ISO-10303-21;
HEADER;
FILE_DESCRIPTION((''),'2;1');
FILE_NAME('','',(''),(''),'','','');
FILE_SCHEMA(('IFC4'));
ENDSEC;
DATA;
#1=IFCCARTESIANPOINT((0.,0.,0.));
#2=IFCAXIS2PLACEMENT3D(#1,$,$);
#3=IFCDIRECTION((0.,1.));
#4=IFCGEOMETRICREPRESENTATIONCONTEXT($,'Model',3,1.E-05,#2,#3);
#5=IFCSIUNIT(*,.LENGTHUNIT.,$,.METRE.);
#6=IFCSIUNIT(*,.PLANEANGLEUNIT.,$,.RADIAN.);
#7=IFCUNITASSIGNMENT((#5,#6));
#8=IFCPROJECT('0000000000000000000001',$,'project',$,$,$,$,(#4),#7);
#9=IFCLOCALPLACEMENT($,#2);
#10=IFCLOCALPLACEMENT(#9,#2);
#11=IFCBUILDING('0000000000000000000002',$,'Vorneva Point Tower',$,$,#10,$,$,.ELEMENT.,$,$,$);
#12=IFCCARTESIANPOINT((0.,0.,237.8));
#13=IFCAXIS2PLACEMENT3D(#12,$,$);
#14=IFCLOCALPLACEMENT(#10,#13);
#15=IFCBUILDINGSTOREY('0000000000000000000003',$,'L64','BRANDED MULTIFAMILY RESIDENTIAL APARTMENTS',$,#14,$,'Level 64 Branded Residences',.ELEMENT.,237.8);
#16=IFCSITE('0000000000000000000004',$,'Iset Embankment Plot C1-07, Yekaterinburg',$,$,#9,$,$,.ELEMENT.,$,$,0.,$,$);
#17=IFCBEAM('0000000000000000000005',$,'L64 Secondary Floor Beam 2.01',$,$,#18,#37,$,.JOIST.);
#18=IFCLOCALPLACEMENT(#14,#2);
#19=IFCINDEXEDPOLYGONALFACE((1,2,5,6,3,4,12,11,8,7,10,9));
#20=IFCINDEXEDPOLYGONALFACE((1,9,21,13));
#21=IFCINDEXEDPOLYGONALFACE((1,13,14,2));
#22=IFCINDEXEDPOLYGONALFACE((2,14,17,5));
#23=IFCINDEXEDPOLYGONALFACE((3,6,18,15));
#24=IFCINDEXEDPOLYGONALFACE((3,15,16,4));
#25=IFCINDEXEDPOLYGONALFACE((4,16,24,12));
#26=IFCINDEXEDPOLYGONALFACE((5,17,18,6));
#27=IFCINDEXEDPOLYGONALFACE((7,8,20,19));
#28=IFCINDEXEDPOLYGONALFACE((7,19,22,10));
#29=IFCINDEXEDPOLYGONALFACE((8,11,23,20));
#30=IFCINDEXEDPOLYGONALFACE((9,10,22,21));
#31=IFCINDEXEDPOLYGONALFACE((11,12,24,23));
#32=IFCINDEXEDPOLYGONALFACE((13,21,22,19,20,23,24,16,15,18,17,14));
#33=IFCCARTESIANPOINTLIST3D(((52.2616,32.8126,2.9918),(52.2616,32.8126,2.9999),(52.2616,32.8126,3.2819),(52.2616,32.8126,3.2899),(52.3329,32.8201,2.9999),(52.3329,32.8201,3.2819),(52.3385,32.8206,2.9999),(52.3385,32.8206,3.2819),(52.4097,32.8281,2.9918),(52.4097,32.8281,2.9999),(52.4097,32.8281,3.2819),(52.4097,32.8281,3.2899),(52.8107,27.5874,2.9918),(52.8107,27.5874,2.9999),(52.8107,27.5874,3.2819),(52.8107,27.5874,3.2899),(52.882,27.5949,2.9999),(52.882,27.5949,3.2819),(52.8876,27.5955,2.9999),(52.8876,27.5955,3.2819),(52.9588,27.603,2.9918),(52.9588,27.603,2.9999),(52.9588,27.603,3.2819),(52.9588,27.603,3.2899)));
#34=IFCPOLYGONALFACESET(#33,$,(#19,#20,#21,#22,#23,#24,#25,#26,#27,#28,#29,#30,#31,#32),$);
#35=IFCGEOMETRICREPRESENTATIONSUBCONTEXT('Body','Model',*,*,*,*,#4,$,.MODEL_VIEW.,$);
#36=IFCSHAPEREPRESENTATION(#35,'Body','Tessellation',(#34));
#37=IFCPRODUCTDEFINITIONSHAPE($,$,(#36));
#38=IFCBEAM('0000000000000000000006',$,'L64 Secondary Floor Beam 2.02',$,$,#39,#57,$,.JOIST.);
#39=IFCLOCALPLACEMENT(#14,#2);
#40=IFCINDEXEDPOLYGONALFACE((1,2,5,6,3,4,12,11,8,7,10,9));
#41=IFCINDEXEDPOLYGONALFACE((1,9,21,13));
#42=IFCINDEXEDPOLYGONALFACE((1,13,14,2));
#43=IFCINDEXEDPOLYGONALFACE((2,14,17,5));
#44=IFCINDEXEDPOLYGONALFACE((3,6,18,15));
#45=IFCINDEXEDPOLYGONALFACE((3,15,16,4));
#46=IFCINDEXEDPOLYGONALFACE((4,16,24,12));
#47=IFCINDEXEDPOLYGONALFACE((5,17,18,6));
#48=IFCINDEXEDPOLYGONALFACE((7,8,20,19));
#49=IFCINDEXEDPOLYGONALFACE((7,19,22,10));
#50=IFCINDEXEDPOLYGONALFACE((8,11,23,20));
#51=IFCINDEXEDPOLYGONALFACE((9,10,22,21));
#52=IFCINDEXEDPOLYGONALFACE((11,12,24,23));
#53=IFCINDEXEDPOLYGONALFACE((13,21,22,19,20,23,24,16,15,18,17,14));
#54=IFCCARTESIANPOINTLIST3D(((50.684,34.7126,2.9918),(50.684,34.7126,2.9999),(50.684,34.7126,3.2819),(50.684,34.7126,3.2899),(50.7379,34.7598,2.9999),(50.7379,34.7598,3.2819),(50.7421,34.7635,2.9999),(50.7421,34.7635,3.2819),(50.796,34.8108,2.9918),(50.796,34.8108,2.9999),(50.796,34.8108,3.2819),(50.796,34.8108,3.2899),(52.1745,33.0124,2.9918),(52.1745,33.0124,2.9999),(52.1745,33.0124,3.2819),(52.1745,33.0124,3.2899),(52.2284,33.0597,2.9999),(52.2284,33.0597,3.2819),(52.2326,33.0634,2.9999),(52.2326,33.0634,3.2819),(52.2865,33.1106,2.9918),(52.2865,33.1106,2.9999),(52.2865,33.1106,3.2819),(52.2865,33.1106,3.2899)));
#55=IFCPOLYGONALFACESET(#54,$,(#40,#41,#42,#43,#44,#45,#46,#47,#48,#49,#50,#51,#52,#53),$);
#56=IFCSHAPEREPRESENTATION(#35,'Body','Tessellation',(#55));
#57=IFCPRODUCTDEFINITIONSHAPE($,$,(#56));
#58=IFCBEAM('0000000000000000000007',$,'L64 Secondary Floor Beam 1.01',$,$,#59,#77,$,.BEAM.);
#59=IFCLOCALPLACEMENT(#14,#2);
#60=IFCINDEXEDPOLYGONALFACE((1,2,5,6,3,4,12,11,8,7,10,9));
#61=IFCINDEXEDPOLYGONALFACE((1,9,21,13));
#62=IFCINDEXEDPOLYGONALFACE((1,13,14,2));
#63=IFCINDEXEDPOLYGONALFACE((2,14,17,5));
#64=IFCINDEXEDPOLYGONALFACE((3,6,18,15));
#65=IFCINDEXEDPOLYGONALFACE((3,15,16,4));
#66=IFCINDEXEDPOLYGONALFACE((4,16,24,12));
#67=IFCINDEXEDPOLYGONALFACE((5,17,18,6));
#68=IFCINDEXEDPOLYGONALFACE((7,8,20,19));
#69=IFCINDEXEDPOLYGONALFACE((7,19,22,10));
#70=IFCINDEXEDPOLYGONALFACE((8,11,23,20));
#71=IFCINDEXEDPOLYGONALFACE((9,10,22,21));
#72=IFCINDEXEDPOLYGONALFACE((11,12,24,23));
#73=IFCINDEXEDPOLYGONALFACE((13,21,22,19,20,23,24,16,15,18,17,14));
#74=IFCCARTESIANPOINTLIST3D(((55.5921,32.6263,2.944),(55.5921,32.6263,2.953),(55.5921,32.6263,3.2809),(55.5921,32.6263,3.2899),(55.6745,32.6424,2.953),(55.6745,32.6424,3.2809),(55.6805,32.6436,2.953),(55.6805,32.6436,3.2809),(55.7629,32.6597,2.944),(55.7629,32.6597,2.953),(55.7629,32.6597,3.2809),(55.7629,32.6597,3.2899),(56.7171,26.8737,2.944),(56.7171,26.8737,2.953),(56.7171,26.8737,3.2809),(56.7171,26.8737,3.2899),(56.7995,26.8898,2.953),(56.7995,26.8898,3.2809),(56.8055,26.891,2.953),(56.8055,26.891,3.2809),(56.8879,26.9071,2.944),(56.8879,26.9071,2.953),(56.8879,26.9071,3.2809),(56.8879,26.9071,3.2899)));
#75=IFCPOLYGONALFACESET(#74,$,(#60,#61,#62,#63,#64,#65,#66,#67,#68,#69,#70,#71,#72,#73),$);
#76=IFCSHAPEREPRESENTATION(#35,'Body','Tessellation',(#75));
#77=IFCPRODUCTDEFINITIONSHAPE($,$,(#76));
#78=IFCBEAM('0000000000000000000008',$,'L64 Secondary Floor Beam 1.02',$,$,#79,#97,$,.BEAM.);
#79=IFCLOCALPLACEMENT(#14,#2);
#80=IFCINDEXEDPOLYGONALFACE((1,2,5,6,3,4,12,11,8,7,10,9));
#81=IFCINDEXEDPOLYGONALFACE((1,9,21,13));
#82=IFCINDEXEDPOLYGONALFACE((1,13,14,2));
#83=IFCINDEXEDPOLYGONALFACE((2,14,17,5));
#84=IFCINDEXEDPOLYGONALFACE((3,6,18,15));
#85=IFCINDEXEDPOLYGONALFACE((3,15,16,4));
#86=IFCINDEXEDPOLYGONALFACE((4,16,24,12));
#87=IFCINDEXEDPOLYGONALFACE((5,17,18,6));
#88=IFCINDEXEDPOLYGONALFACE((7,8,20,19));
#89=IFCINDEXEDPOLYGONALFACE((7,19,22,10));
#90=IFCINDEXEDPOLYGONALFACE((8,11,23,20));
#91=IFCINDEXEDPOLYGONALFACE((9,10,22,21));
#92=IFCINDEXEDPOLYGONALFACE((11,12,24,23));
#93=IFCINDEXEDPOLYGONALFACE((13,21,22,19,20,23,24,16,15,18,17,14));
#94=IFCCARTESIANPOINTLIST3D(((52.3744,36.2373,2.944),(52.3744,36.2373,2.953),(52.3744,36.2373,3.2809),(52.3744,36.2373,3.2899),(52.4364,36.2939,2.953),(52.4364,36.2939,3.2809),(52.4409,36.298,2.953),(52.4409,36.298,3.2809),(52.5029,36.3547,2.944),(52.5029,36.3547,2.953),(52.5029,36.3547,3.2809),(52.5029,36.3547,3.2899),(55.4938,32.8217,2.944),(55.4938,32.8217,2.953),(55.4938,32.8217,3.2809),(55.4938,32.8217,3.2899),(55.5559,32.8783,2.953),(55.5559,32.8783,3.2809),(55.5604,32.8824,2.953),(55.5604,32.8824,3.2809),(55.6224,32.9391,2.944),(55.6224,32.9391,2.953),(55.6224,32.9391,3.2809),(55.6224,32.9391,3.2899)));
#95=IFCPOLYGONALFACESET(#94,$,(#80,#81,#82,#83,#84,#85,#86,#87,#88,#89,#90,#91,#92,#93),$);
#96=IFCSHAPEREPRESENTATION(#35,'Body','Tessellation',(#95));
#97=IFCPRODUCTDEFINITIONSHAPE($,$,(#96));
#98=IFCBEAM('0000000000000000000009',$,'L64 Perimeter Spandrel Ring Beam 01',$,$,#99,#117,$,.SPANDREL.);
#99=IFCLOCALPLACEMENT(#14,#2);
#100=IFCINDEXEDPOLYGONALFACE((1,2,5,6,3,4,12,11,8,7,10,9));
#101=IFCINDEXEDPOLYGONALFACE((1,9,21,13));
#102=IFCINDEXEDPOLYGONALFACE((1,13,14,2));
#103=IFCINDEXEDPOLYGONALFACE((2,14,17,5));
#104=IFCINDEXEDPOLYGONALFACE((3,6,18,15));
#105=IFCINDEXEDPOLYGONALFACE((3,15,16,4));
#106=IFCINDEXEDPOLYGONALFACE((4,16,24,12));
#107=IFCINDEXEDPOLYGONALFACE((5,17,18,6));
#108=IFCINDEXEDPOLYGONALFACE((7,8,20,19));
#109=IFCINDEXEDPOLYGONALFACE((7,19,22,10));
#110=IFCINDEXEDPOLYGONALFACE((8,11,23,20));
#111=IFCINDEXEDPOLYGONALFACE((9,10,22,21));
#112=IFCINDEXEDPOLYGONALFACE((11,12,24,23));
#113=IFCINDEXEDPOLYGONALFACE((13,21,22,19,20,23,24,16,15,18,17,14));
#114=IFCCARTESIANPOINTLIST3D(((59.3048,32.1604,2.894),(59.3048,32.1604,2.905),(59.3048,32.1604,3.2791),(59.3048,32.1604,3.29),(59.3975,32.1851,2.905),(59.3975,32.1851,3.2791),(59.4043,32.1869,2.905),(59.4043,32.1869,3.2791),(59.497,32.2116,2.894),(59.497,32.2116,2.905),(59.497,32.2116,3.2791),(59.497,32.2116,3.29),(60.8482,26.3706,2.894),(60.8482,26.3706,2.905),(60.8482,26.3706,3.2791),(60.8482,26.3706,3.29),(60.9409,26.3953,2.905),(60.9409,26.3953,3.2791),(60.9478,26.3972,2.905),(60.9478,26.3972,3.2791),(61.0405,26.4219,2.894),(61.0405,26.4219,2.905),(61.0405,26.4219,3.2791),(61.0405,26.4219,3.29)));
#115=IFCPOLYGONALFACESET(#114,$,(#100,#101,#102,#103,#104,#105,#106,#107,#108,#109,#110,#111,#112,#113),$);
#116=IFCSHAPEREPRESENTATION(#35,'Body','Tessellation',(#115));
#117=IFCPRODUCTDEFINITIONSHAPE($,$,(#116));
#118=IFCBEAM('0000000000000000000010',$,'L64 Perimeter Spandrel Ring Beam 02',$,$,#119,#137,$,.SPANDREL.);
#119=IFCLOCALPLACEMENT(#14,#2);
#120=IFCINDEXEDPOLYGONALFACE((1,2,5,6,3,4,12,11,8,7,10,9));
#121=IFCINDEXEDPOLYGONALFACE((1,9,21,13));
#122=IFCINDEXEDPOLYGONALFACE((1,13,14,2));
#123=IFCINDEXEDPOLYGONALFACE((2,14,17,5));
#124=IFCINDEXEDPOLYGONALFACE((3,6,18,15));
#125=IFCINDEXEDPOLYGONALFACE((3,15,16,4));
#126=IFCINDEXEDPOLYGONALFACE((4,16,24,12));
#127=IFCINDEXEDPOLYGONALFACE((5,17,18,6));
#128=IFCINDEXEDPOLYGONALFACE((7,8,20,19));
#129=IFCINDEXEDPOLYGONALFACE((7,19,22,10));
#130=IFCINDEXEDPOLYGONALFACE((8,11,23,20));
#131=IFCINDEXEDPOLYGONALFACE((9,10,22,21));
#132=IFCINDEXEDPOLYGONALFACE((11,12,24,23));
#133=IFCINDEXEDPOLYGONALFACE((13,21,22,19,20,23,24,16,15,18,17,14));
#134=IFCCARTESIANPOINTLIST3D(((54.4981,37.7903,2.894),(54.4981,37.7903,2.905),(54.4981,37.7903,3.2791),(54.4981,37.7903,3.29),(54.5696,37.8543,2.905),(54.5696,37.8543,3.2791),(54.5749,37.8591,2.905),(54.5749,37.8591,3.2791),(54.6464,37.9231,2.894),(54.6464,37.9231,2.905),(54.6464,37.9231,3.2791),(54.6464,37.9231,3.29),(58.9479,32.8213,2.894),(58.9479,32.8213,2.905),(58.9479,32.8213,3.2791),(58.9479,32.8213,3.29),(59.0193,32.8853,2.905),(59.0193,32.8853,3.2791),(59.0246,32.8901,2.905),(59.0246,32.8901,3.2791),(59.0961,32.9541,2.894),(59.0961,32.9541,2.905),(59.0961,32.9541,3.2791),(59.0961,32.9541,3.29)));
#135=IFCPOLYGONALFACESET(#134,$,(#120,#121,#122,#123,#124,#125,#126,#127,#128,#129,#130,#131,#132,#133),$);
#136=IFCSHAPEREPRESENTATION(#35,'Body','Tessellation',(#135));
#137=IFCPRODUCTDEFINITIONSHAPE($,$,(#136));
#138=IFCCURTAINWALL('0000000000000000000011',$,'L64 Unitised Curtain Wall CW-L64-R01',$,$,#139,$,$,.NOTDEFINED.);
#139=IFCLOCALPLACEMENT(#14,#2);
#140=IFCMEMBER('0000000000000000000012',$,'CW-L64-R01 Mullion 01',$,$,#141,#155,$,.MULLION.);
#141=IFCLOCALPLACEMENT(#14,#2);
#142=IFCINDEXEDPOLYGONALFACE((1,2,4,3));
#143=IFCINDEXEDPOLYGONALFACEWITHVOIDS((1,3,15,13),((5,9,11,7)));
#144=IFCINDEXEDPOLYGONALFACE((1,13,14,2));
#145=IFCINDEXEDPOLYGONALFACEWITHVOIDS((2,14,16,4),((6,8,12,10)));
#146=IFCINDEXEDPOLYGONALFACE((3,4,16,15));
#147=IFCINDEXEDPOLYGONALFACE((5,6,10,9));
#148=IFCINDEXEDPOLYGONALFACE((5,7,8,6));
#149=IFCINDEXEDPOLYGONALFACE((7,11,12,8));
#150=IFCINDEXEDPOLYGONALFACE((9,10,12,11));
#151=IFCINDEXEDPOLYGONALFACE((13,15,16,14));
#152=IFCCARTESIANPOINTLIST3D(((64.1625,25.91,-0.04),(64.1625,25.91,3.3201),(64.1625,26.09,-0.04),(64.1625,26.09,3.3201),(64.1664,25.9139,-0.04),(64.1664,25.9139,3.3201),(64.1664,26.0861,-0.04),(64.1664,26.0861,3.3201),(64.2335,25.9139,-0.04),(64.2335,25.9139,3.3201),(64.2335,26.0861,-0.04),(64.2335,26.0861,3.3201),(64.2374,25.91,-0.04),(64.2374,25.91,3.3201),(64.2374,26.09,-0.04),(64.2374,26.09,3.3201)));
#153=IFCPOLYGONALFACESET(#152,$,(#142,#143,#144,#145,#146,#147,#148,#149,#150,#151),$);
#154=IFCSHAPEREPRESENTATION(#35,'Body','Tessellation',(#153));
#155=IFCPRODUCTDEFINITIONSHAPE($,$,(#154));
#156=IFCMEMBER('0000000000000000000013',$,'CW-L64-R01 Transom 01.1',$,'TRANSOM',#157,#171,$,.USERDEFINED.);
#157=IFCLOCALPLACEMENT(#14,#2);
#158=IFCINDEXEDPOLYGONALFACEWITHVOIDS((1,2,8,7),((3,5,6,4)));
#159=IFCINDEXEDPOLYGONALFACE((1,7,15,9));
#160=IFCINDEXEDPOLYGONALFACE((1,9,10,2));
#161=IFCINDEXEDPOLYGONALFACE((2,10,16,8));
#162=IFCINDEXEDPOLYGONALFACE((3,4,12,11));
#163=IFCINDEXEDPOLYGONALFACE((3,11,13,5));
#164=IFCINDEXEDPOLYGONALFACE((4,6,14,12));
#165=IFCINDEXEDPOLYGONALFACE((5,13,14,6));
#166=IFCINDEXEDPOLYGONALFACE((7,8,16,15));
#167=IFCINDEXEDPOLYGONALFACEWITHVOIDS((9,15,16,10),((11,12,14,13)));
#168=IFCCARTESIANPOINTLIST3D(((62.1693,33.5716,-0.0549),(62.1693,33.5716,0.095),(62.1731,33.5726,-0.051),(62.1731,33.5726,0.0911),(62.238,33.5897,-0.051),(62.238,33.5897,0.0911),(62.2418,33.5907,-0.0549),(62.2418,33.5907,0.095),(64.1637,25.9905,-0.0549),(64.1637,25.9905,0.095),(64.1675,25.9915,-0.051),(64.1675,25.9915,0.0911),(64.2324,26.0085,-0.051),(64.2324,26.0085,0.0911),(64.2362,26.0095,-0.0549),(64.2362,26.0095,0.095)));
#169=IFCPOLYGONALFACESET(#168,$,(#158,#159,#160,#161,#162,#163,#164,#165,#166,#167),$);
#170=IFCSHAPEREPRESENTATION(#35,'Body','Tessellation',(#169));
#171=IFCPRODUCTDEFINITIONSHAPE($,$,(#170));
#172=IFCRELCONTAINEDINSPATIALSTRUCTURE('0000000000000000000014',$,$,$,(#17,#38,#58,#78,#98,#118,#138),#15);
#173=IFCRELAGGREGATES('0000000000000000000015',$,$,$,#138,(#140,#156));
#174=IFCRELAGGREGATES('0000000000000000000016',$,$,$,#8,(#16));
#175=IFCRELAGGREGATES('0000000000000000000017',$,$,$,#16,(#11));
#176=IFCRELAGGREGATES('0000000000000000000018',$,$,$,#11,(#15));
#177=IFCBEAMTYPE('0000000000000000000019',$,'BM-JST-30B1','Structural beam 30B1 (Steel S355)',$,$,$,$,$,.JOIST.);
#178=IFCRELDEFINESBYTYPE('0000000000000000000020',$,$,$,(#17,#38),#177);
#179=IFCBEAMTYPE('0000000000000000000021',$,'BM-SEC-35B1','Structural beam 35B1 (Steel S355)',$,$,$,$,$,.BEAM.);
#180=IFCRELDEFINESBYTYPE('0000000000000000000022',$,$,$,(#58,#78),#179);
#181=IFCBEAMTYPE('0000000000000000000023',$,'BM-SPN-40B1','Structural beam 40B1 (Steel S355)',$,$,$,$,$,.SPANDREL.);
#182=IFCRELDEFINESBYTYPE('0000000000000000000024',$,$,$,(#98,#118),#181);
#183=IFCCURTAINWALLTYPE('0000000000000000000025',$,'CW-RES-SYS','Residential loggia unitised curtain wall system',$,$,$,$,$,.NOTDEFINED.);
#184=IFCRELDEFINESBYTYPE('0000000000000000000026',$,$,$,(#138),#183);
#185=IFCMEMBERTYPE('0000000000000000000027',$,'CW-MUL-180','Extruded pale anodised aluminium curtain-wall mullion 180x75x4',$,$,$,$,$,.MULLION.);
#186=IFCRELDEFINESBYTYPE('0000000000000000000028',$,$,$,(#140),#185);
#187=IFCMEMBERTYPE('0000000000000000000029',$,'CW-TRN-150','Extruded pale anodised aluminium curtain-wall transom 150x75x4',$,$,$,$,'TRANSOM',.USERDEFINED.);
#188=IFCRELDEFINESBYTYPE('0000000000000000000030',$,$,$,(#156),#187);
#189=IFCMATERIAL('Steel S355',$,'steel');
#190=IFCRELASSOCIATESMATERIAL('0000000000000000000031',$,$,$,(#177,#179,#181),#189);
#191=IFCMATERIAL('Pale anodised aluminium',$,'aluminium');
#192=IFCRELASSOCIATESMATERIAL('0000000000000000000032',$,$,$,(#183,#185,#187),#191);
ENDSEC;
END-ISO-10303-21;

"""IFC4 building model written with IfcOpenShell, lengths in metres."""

from ifc_helpers import new_model, si_unit, direction, frame, origin, origin_2d, place, context, subcontext, project, spatial, hollow_rectangle, i_section, extrude, material, material_profile, profile_set, type_object, element, aggregate, save


model = new_model("IFC4")

# Units and contexts
model_context = context("Model", 3, precision=1e-05, world=origin(), true_north=direction((0.0, 1.0)))
body_context = subcontext(model_context, "Body", "Model", "MODEL_VIEW")
ifc_project = project(units=[si_unit("LENGTHUNIT", "METRE"), si_unit("PLANEANGLEUNIT", "RADIAN")], contexts=[model_context])

# Site, building, storey
site_placement = place(None, origin())
site = spatial("IfcSite", under=ifc_project, at=site_placement, Name="Iset Embankment Plot C1-07, Yekaterinburg", CompositionType="ELEMENT", RefElevation=0.0)
building_placement = place(site_placement, origin())
building = spatial("IfcBuilding", under=site, at=building_placement, Name="Vorneva Point Tower", CompositionType="ELEMENT")
storey_placement = place(building_placement, frame((0.0, 0.0, 237.8)))
storey = spatial("IfcBuildingStorey", under=building, at=storey_placement, Name="L64", Description="BRANDED MULTIFAMILY RESIDENTIAL APARTMENTS", LongName="Level 64 Branded Residences", CompositionType="ELEMENT", Elevation=237.8)

# Beams
ifc_material_1 = material(Name="Steel S355", Category="steel")
ifc_material_profile_1 = material_profile(ifc_material_1, i_section(OverallWidth=0.1489, OverallDepth=0.2981, WebThickness=0.0056, FlangeThickness=0.0081, at=origin_2d()), Name="30B1")
ifc_profile_set_1 = profile_set([ifc_material_profile_1], Name="Steel S355")
beam_type_1 = type_object("IfcBeamType", Name="BM-JST-30B1", Description="Structural beam 30B1 (Steel S355)", PredefinedType="JOIST", material=ifc_profile_set_1)
beam_1_placement = place(storey_placement, frame((52.8848, 27.5952, 3.1409), z_axis=(-0.104508, 0.994524, 0.0), x_axis=(-0.994524, -0.104508, 0.0)))
element("IfcBeam", 1, at=beam_1_placement, inside=storey, type_object=beam_type_1, Name="L64 Secondary Floor Beam 2.01", PredefinedType="JOIST", context=body_context, shape_type="SweptSolid", body=[
    extrude(i_section(OverallWidth=0.1489, OverallDepth=0.2981, WebThickness=0.0056, FlangeThickness=0.0081, at=origin_2d()), origin(), (0.0, 0.0, 1.0), 5.2539),
])
beam_2_placement = place(storey_placement, frame((52.2305, 33.0615, 3.1409), z_axis=(-0.659208, 0.751961, 0.0), x_axis=(-0.751961, -0.659208, 0.0)))
element("IfcBeam", 2, at=beam_2_placement, inside=storey, type_object=beam_type_1, Name="L64 Secondary Floor Beam 2.02", PredefinedType="JOIST", context=body_context, shape_type="SweptSolid", body=[
    extrude(i_section(OverallWidth=0.1489, OverallDepth=0.2981, WebThickness=0.0056, FlangeThickness=0.0081, at=origin_2d()), origin(), (0.0, 0.0, 1.0), 2.261),
])
ifc_material_profile_2 = material_profile(ifc_material_1, i_section(OverallWidth=0.1741, OverallDepth=0.3459, WebThickness=0.0061, FlangeThickness=0.009, at=origin_2d()), Name="35B1")
ifc_profile_set_2 = profile_set([ifc_material_profile_2], Name="Steel S355")
beam_type_2 = type_object("IfcBeamType", Name="BM-SEC-35B1", Description="Structural beam 35B1 (Steel S355)", PredefinedType="BEAM", material=ifc_profile_set_2)
beam_3_placement = place(storey_placement, frame((56.8025, 26.8904, 3.1169), z_axis=(-0.191925, 0.98141, 0.0), x_axis=(-0.98141, -0.191925, 0.0)))
element("IfcBeam", 3, at=beam_3_placement, inside=storey, type_object=beam_type_2, Name="L64 Secondary Floor Beam 1.01", PredefinedType="BEAM", context=body_context, shape_type="SweptSolid", body=[
    extrude(i_section(OverallWidth=0.1741, OverallDepth=0.3459, WebThickness=0.0061, FlangeThickness=0.009, at=origin_2d()), origin(), (0.0, 0.0, 1.0), 5.8616),
])
beam_4_placement = place(storey_placement, frame((55.5581, 32.8804, 3.1169), z_axis=(-0.674371, 0.738393, 0.0), x_axis=(-0.738393, -0.674371, 0.0)))
element("IfcBeam", 4, at=beam_4_placement, inside=storey, type_object=beam_type_2, Name="L64 Secondary Floor Beam 1.02", PredefinedType="BEAM", context=body_context, shape_type="SweptSolid", body=[
    extrude(i_section(OverallWidth=0.1741, OverallDepth=0.3459, WebThickness=0.0061, FlangeThickness=0.009, at=origin_2d()), origin(), (0.0, 0.0, 1.0), 4.6257),
])
ifc_material_profile_3 = material_profile(ifc_material_1, i_section(OverallWidth=0.199, OverallDepth=0.396, WebThickness=0.0071, FlangeThickness=0.011, at=origin_2d()), Name="40B1")
ifc_profile_set_3 = profile_set([ifc_material_profile_3], Name="Steel S355")
beam_type_3 = type_object("IfcBeamType", Name="BM-SPN-40B1", Description="Structural beam 40B1 (Steel S355)", PredefinedType="SPANDREL", material=ifc_profile_set_3)
beam_5_placement = place(storey_placement, frame((60.9443, 26.3962, 3.092), z_axis=(-0.257587, 0.966255, 0.0), x_axis=(-0.966255, -0.257587, 0.0)))
element("IfcBeam", 5, at=beam_5_placement, inside=storey, type_object=beam_type_3, Name="L64 Perimeter Spandrel Ring Beam 01", PredefinedType="SPANDREL", context=body_context, shape_type="SweptSolid", body=[
    extrude(i_section(OverallWidth=0.199, OverallDepth=0.396, WebThickness=0.0071, FlangeThickness=0.011, at=origin_2d()), origin(), (0.0, 0.0, 1.0), 5.9919),
])
beam_6_placement = place(storey_placement, frame((59.022, 32.8877, 3.092), z_axis=(-0.667108, 0.744961, 0.0), x_axis=(-0.744961, -0.667108, 0.0)))
element("IfcBeam", 6, at=beam_6_placement, inside=storey, type_object=beam_type_3, Name="L64 Perimeter Spandrel Ring Beam 02", PredefinedType="SPANDREL", context=body_context, shape_type="SweptSolid", body=[
    extrude(i_section(OverallWidth=0.199, OverallDepth=0.396, WebThickness=0.0071, FlangeThickness=0.011, at=origin_2d()), origin(), (0.0, 0.0, 1.0), 6.6702),
])

# Curtain wall, members
ifc_material_2 = material(Name="Pale anodised aluminium", Category="aluminium")
curtain_wall_type = type_object("IfcCurtainWallType", Name="CW-RES-SYS", Description="Residential loggia unitised curtain wall system", PredefinedType="NOTDEFINED", material=ifc_material_2)
curtain_wall_placement = place(storey_placement, origin())
curtain_wall = element("IfcCurtainWall", 7, at=curtain_wall_placement, inside=storey, type_object=curtain_wall_type, Name="L64 Unitised Curtain Wall CW-L64-R01", PredefinedType="NOTDEFINED")
ifc_material_profile_4 = material_profile(ifc_material_2, hollow_rectangle(XDim=0.075, YDim=0.1799, WallThickness=0.0039, at=origin_2d()), Name="AL-MUL 180x75x4")
ifc_profile_set_4 = profile_set([ifc_material_profile_4], Name="Pale anodised aluminium")
member_type_1 = type_object("IfcMemberType", Name="CW-MUL-180", Description="Extruded pale anodised aluminium curtain-wall mullion 180x75x4", PredefinedType="MULLION", material=ifc_profile_set_4)
member_1_placement = place(storey_placement, frame((64.2, 26.0, -0.04), z_axis=(0.0, 0.0, 1.0), x_axis=(1.0, 0.0, 0.0)))
member_1 = element("IfcMember", 8, at=member_1_placement, type_object=member_type_1, Name="CW-L64-R01 Mullion 01", PredefinedType="MULLION", context=body_context, shape_type="SweptSolid", body=[
    extrude(hollow_rectangle(XDim=0.075, YDim=0.1799, WallThickness=0.0039, at=origin_2d()), origin(), (0.0, 0.0, 1.0), 3.3601),
])
ifc_material_profile_5 = material_profile(ifc_material_2, hollow_rectangle(XDim=0.075, YDim=0.1499, WallThickness=0.0039, at=origin_2d()), Name="AL-TRN 150x75x4")
ifc_profile_set_5 = profile_set([ifc_material_profile_5], Name="Pale anodised aluminium")
member_type_2 = type_object("IfcMemberType", Name="CW-TRN-150", Description="Extruded pale anodised aluminium curtain-wall transom 150x75x4", ElementType="TRANSOM", PredefinedType="USERDEFINED", material=ifc_profile_set_5)
member_2_placement = place(storey_placement, frame((64.2, 26.0, 0.02), z_axis=(-0.254418, 0.967094, 0.0), x_axis=(-0.967094, -0.254418, 0.0)))
member_2 = element("IfcMember", 9, at=member_2_placement, type_object=member_type_2, Name="CW-L64-R01 Transom 01.1", ObjectType="TRANSOM", PredefinedType="USERDEFINED", context=body_context, shape_type="SweptSolid", body=[
    extrude(hollow_rectangle(XDim=0.075, YDim=0.1499, WallThickness=0.0039, at=origin_2d()), origin(), (0.0, 0.0, 1.0), 7.8391),
])
aggregate(curtain_wall, [member_1, member_2])

save(model, "model.ifc")
